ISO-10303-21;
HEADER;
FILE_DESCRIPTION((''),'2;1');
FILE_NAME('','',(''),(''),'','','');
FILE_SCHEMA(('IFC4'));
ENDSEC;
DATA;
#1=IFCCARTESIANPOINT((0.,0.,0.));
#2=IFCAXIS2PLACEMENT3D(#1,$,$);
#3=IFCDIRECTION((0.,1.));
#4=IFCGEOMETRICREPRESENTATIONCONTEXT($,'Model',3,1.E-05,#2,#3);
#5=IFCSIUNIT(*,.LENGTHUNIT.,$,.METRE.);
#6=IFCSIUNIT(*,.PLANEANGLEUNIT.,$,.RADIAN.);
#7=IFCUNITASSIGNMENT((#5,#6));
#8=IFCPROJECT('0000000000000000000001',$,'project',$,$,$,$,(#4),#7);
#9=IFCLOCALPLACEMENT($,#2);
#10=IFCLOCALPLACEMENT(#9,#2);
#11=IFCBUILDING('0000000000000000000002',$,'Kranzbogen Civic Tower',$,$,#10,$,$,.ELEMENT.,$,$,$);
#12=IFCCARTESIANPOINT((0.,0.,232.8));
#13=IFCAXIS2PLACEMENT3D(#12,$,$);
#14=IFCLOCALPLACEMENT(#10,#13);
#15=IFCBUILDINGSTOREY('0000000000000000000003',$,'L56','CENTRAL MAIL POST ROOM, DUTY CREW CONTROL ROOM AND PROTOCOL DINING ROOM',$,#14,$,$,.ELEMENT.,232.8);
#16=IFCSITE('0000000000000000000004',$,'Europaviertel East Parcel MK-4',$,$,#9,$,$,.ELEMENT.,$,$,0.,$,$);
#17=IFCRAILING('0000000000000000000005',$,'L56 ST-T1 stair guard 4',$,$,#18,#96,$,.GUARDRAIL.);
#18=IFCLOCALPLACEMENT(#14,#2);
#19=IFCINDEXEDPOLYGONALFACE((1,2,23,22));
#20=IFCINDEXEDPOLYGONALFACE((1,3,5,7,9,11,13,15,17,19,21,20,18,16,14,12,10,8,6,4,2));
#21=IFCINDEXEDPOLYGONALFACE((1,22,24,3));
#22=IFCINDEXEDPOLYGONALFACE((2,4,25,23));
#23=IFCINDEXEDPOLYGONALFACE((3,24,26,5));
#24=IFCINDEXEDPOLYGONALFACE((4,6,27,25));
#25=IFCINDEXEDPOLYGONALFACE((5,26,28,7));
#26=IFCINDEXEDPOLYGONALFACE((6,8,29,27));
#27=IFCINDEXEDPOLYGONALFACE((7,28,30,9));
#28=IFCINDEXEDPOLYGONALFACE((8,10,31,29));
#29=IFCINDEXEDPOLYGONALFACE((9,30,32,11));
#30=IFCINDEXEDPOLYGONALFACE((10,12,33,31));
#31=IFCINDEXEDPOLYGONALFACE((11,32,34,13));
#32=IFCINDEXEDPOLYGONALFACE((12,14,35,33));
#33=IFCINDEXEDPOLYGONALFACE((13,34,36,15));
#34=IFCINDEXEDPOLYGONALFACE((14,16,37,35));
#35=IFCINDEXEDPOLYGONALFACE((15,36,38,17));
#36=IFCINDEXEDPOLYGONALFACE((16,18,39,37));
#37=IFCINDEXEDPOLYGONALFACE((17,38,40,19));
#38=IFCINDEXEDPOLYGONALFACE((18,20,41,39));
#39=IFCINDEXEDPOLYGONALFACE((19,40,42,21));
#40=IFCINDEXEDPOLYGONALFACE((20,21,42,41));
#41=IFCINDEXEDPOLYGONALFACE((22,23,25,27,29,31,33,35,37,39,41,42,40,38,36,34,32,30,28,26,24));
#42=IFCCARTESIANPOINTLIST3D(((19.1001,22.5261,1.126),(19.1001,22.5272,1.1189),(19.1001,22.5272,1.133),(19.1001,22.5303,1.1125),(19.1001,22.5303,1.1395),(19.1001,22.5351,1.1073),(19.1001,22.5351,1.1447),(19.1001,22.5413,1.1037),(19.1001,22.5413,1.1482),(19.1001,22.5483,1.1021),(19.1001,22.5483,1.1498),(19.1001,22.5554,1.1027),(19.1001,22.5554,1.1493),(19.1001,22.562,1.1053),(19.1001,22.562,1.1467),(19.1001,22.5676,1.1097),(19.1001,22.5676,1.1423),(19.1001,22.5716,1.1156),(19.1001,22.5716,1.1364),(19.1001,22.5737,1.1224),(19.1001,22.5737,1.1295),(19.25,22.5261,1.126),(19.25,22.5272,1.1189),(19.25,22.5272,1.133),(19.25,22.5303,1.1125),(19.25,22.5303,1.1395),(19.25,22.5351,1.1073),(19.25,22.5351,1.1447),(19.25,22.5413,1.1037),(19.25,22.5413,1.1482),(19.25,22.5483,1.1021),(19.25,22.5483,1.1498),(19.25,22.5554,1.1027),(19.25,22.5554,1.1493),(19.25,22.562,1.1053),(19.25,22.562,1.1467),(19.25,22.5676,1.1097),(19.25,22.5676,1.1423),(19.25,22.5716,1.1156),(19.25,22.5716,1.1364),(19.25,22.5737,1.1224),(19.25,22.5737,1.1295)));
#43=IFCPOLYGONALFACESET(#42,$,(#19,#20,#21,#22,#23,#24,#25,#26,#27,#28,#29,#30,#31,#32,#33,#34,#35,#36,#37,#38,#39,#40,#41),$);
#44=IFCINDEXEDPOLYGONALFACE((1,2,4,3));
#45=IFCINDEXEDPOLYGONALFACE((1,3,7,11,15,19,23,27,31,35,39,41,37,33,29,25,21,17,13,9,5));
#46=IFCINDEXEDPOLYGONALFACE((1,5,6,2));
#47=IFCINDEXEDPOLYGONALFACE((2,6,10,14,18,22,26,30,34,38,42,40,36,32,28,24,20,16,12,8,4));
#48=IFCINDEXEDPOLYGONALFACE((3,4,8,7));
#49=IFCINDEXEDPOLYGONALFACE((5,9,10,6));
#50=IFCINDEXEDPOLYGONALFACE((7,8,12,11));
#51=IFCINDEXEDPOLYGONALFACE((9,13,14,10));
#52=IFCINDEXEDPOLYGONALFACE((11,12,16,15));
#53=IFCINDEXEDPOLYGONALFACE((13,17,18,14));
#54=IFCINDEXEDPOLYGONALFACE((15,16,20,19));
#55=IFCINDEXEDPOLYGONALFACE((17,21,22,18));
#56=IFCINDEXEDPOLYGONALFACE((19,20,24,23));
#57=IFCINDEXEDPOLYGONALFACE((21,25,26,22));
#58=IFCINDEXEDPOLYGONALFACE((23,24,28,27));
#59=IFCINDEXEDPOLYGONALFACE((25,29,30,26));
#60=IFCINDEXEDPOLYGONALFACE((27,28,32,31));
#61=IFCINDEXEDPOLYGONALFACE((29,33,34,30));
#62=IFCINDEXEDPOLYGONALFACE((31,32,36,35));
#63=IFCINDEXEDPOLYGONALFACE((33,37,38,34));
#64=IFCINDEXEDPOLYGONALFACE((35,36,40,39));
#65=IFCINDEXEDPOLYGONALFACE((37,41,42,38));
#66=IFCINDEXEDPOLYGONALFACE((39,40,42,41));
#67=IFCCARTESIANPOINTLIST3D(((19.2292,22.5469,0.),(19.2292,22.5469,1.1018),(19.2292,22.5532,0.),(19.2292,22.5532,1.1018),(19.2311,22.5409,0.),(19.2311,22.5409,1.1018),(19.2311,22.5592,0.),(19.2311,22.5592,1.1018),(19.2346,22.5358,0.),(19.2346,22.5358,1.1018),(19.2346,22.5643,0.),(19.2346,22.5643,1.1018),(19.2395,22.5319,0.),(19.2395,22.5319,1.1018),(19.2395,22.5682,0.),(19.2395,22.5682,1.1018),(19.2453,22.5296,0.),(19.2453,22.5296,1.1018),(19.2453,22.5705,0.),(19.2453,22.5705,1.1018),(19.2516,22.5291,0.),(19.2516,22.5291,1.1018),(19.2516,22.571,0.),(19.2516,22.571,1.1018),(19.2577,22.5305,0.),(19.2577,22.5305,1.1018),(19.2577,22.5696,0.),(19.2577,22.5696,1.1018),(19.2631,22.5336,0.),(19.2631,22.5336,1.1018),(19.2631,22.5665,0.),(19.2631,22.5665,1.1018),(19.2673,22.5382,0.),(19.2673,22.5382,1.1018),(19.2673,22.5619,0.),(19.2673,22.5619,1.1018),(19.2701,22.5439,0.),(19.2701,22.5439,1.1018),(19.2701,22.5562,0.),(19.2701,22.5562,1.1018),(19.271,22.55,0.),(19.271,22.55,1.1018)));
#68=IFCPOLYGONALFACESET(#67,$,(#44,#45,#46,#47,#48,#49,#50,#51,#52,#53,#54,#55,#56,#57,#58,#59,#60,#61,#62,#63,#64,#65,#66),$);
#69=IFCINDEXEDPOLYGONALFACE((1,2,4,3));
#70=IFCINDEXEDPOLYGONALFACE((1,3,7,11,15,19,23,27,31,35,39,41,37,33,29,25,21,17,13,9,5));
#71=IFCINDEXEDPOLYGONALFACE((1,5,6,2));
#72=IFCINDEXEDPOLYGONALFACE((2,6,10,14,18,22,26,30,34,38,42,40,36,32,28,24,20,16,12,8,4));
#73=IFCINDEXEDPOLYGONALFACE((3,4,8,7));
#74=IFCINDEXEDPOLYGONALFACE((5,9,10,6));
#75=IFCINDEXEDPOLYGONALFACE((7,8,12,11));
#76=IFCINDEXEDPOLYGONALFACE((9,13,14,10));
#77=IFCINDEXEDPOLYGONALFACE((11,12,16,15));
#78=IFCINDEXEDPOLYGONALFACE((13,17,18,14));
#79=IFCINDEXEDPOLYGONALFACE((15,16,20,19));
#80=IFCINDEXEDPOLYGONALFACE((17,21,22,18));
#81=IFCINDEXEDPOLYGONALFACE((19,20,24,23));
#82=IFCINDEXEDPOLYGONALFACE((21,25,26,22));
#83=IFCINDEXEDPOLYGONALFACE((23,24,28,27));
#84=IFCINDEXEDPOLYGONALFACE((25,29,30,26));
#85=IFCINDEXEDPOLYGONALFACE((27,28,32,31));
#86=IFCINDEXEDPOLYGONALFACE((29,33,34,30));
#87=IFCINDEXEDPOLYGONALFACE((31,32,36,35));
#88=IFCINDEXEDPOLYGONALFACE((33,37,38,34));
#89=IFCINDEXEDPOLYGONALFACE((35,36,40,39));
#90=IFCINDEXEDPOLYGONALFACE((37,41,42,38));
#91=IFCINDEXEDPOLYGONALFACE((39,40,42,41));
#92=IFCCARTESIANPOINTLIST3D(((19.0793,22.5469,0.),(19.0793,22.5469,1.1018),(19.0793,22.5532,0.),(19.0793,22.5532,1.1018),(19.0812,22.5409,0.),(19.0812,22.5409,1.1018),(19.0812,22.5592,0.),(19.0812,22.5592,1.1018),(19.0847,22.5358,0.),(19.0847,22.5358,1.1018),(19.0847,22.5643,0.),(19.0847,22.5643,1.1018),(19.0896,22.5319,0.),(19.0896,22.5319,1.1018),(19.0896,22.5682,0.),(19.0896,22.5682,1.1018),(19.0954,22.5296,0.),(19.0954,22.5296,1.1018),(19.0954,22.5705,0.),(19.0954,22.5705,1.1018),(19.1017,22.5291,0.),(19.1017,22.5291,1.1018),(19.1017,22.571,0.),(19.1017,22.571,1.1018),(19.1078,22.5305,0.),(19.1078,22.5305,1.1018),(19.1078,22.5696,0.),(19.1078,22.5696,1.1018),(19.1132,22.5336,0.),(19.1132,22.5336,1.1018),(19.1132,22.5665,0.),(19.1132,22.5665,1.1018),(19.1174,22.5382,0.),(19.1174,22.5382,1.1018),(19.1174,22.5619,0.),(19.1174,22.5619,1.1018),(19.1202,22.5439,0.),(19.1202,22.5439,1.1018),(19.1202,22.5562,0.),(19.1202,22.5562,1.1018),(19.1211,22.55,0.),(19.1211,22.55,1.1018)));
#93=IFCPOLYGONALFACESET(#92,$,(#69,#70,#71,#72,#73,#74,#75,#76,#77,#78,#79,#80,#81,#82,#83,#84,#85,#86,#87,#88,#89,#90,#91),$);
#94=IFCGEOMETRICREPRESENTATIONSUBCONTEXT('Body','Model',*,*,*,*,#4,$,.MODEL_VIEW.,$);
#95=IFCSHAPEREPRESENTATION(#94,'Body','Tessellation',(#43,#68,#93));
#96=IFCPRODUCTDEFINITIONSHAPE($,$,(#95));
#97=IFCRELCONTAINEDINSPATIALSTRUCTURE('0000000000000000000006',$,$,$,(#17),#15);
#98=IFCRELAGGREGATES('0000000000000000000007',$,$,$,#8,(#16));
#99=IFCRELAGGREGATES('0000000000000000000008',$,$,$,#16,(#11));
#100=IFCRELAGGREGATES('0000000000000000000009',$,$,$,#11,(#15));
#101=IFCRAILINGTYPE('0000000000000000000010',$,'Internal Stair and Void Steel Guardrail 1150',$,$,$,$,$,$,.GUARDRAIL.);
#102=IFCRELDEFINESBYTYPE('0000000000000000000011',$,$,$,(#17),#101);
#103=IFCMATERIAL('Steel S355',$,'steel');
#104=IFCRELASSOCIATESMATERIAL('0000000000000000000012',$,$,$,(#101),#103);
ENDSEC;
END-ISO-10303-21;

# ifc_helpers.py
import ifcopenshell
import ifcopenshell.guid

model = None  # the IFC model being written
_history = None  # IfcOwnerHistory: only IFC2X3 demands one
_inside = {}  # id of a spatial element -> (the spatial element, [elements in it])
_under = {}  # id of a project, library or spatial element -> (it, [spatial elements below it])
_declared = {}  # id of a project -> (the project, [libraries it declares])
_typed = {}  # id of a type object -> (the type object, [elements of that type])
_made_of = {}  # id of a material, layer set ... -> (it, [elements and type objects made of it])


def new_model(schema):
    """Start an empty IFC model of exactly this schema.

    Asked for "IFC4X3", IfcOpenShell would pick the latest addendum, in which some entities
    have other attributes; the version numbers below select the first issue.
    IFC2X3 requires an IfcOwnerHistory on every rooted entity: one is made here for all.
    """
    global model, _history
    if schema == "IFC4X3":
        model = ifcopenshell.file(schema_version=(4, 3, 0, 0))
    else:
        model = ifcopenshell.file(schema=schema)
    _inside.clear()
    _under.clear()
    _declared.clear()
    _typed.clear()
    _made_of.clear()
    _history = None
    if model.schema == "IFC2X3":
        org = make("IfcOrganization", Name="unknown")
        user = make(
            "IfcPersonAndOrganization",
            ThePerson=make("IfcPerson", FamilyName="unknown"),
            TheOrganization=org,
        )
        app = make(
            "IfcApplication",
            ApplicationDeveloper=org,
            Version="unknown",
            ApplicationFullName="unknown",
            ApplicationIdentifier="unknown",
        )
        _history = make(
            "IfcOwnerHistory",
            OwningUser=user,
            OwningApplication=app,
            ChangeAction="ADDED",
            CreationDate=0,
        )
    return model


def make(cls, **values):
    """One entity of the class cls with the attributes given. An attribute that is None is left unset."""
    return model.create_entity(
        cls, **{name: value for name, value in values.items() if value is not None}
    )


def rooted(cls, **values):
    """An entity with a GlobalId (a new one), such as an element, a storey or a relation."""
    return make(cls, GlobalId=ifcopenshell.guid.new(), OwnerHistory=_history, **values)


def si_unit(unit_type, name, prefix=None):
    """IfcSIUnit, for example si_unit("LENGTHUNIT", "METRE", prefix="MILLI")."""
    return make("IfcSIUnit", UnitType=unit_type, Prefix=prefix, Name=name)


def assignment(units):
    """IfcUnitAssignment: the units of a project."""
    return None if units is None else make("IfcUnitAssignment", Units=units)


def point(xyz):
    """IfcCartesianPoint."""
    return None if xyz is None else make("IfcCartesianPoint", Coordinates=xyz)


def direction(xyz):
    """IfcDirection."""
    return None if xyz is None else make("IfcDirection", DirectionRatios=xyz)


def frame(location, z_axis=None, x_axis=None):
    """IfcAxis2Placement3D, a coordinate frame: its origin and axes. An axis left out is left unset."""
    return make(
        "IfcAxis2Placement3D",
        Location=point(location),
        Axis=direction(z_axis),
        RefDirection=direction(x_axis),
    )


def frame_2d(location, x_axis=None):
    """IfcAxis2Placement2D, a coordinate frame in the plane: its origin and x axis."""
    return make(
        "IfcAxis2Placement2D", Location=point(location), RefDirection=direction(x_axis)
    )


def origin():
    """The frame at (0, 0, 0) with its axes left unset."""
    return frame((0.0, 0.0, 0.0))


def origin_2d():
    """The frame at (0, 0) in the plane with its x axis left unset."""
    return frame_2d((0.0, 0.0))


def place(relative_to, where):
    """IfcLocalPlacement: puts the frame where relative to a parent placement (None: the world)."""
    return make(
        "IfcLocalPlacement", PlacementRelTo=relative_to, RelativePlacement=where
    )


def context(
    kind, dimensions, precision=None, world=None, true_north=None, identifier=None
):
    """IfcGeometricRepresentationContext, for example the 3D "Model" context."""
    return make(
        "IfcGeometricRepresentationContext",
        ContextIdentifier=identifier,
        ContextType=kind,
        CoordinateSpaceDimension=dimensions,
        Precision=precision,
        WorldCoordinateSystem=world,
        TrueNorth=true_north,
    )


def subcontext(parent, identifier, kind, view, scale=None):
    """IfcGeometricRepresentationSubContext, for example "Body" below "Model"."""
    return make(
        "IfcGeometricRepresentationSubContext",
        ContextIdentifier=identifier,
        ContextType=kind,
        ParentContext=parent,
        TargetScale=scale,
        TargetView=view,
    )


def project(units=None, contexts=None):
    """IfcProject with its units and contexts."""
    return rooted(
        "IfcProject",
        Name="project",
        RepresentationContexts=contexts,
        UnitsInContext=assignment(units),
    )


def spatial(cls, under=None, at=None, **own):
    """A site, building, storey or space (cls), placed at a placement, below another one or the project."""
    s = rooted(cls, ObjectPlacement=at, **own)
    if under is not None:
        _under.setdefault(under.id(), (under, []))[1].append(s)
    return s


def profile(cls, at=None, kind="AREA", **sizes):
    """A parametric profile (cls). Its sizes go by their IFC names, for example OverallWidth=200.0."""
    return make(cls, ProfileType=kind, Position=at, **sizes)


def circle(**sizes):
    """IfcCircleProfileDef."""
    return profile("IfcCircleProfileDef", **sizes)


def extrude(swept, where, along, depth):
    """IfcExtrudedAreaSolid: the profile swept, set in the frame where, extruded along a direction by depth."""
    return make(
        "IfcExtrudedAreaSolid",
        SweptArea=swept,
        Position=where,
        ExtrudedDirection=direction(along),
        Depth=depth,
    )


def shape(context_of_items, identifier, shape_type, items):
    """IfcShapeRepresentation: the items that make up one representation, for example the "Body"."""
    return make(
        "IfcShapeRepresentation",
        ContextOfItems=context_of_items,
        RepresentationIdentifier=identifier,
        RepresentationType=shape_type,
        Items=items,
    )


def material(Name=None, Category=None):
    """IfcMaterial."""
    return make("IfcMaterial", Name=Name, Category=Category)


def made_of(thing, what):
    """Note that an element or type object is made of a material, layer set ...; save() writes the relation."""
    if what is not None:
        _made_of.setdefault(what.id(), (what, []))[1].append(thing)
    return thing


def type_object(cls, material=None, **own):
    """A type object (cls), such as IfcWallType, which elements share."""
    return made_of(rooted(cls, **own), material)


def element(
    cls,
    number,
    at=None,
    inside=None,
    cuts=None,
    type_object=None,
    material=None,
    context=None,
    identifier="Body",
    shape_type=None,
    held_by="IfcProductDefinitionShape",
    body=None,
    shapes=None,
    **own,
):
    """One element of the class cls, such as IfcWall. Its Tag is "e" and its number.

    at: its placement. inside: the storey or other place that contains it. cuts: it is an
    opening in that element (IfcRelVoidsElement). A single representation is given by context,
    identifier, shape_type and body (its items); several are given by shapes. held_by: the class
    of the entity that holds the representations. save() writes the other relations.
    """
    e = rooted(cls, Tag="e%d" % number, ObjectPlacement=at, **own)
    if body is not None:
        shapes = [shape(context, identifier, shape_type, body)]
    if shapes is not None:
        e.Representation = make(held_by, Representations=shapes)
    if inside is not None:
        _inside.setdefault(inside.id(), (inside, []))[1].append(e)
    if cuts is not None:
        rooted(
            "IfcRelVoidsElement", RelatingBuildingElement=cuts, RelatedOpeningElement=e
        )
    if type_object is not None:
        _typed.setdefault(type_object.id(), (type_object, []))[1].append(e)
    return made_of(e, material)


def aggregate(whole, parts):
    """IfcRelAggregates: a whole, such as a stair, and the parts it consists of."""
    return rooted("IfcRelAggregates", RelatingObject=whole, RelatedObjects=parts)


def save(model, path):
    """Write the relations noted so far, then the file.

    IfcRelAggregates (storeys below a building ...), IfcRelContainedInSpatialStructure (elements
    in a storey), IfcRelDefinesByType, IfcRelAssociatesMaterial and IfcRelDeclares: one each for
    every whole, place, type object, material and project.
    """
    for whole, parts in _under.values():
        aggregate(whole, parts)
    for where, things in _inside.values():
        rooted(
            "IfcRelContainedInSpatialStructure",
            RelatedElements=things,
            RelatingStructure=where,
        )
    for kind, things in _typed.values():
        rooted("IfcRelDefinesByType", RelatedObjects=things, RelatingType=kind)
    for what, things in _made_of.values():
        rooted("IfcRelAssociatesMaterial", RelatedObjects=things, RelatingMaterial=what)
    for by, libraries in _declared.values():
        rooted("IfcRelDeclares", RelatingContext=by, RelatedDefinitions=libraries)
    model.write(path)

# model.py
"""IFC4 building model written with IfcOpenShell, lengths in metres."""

from ifc_helpers import new_model, si_unit, direction, frame, origin, origin_2d, place, context, subcontext, project, spatial, circle, extrude, material, type_object, element, save


model = new_model("IFC4")

# Units and contexts
model_context = context("Model", 3, precision=1e-05, world=origin(), true_north=direction((0.0, 1.0)))
body_context = subcontext(model_context, "Body", "Model", "MODEL_VIEW")
ifc_project = project(units=[si_unit("LENGTHUNIT", "METRE"), si_unit("PLANEANGLEUNIT", "RADIAN")], contexts=[model_context])

# Site, building, storey
site_placement = place(None, origin())
site = spatial("IfcSite", under=ifc_project, at=site_placement, Name="Europaviertel East Parcel MK-4", CompositionType="ELEMENT", RefElevation=0.0)
building_placement = place(site_placement, origin())
building = spatial("IfcBuilding", under=site, at=building_placement, Name="Kranzbogen Civic Tower", CompositionType="ELEMENT")
storey_placement = place(building_placement, frame((0.0, 0.0, 232.8)))
storey = spatial("IfcBuildingStorey", under=building, at=storey_placement, Name="L56", Description="CENTRAL MAIL POST ROOM, DUTY CREW CONTROL ROOM AND PROTOCOL DINING ROOM", CompositionType="ELEMENT", Elevation=232.8)

# Shared definitions
ifc_material_1 = material(Name="Steel S355", Category="steel")

# Railing
railing_type_1 = type_object("IfcRailingType", Name="Internal Stair and Void Steel Guardrail 1150", PredefinedType="GUARDRAIL", material=ifc_material_1)
railing_1_placement = place(storey_placement, frame((19.25, 22.55, 0.0)))
element("IfcRailing", 1, at=railing_1_placement, inside=storey, type_object=railing_type_1, Name="L56 ST-T1 stair guard 4", PredefinedType="GUARDRAIL", context=body_context, shape_type="SweptSolid", body=[
    extrude(circle(Radius=0.0239, at=origin_2d()), frame((0.0, 0.0, 1.126), z_axis=(-1.0, 0.0, 0.0), x_axis=(0.0, -1.0, 0.0)), (0.0, 0.0, 1.0), 0.1499),
    extrude(circle(Radius=0.021, at=origin_2d()), origin(), (0.0, 0.0, 1.0), 1.1018),
    extrude(circle(Radius=0.021, at=origin_2d()), frame((-0.1499, 0.0, 0.0)), (0.0, 0.0, 1.0), 1.1018),
])

save(model, "model.ifc")
